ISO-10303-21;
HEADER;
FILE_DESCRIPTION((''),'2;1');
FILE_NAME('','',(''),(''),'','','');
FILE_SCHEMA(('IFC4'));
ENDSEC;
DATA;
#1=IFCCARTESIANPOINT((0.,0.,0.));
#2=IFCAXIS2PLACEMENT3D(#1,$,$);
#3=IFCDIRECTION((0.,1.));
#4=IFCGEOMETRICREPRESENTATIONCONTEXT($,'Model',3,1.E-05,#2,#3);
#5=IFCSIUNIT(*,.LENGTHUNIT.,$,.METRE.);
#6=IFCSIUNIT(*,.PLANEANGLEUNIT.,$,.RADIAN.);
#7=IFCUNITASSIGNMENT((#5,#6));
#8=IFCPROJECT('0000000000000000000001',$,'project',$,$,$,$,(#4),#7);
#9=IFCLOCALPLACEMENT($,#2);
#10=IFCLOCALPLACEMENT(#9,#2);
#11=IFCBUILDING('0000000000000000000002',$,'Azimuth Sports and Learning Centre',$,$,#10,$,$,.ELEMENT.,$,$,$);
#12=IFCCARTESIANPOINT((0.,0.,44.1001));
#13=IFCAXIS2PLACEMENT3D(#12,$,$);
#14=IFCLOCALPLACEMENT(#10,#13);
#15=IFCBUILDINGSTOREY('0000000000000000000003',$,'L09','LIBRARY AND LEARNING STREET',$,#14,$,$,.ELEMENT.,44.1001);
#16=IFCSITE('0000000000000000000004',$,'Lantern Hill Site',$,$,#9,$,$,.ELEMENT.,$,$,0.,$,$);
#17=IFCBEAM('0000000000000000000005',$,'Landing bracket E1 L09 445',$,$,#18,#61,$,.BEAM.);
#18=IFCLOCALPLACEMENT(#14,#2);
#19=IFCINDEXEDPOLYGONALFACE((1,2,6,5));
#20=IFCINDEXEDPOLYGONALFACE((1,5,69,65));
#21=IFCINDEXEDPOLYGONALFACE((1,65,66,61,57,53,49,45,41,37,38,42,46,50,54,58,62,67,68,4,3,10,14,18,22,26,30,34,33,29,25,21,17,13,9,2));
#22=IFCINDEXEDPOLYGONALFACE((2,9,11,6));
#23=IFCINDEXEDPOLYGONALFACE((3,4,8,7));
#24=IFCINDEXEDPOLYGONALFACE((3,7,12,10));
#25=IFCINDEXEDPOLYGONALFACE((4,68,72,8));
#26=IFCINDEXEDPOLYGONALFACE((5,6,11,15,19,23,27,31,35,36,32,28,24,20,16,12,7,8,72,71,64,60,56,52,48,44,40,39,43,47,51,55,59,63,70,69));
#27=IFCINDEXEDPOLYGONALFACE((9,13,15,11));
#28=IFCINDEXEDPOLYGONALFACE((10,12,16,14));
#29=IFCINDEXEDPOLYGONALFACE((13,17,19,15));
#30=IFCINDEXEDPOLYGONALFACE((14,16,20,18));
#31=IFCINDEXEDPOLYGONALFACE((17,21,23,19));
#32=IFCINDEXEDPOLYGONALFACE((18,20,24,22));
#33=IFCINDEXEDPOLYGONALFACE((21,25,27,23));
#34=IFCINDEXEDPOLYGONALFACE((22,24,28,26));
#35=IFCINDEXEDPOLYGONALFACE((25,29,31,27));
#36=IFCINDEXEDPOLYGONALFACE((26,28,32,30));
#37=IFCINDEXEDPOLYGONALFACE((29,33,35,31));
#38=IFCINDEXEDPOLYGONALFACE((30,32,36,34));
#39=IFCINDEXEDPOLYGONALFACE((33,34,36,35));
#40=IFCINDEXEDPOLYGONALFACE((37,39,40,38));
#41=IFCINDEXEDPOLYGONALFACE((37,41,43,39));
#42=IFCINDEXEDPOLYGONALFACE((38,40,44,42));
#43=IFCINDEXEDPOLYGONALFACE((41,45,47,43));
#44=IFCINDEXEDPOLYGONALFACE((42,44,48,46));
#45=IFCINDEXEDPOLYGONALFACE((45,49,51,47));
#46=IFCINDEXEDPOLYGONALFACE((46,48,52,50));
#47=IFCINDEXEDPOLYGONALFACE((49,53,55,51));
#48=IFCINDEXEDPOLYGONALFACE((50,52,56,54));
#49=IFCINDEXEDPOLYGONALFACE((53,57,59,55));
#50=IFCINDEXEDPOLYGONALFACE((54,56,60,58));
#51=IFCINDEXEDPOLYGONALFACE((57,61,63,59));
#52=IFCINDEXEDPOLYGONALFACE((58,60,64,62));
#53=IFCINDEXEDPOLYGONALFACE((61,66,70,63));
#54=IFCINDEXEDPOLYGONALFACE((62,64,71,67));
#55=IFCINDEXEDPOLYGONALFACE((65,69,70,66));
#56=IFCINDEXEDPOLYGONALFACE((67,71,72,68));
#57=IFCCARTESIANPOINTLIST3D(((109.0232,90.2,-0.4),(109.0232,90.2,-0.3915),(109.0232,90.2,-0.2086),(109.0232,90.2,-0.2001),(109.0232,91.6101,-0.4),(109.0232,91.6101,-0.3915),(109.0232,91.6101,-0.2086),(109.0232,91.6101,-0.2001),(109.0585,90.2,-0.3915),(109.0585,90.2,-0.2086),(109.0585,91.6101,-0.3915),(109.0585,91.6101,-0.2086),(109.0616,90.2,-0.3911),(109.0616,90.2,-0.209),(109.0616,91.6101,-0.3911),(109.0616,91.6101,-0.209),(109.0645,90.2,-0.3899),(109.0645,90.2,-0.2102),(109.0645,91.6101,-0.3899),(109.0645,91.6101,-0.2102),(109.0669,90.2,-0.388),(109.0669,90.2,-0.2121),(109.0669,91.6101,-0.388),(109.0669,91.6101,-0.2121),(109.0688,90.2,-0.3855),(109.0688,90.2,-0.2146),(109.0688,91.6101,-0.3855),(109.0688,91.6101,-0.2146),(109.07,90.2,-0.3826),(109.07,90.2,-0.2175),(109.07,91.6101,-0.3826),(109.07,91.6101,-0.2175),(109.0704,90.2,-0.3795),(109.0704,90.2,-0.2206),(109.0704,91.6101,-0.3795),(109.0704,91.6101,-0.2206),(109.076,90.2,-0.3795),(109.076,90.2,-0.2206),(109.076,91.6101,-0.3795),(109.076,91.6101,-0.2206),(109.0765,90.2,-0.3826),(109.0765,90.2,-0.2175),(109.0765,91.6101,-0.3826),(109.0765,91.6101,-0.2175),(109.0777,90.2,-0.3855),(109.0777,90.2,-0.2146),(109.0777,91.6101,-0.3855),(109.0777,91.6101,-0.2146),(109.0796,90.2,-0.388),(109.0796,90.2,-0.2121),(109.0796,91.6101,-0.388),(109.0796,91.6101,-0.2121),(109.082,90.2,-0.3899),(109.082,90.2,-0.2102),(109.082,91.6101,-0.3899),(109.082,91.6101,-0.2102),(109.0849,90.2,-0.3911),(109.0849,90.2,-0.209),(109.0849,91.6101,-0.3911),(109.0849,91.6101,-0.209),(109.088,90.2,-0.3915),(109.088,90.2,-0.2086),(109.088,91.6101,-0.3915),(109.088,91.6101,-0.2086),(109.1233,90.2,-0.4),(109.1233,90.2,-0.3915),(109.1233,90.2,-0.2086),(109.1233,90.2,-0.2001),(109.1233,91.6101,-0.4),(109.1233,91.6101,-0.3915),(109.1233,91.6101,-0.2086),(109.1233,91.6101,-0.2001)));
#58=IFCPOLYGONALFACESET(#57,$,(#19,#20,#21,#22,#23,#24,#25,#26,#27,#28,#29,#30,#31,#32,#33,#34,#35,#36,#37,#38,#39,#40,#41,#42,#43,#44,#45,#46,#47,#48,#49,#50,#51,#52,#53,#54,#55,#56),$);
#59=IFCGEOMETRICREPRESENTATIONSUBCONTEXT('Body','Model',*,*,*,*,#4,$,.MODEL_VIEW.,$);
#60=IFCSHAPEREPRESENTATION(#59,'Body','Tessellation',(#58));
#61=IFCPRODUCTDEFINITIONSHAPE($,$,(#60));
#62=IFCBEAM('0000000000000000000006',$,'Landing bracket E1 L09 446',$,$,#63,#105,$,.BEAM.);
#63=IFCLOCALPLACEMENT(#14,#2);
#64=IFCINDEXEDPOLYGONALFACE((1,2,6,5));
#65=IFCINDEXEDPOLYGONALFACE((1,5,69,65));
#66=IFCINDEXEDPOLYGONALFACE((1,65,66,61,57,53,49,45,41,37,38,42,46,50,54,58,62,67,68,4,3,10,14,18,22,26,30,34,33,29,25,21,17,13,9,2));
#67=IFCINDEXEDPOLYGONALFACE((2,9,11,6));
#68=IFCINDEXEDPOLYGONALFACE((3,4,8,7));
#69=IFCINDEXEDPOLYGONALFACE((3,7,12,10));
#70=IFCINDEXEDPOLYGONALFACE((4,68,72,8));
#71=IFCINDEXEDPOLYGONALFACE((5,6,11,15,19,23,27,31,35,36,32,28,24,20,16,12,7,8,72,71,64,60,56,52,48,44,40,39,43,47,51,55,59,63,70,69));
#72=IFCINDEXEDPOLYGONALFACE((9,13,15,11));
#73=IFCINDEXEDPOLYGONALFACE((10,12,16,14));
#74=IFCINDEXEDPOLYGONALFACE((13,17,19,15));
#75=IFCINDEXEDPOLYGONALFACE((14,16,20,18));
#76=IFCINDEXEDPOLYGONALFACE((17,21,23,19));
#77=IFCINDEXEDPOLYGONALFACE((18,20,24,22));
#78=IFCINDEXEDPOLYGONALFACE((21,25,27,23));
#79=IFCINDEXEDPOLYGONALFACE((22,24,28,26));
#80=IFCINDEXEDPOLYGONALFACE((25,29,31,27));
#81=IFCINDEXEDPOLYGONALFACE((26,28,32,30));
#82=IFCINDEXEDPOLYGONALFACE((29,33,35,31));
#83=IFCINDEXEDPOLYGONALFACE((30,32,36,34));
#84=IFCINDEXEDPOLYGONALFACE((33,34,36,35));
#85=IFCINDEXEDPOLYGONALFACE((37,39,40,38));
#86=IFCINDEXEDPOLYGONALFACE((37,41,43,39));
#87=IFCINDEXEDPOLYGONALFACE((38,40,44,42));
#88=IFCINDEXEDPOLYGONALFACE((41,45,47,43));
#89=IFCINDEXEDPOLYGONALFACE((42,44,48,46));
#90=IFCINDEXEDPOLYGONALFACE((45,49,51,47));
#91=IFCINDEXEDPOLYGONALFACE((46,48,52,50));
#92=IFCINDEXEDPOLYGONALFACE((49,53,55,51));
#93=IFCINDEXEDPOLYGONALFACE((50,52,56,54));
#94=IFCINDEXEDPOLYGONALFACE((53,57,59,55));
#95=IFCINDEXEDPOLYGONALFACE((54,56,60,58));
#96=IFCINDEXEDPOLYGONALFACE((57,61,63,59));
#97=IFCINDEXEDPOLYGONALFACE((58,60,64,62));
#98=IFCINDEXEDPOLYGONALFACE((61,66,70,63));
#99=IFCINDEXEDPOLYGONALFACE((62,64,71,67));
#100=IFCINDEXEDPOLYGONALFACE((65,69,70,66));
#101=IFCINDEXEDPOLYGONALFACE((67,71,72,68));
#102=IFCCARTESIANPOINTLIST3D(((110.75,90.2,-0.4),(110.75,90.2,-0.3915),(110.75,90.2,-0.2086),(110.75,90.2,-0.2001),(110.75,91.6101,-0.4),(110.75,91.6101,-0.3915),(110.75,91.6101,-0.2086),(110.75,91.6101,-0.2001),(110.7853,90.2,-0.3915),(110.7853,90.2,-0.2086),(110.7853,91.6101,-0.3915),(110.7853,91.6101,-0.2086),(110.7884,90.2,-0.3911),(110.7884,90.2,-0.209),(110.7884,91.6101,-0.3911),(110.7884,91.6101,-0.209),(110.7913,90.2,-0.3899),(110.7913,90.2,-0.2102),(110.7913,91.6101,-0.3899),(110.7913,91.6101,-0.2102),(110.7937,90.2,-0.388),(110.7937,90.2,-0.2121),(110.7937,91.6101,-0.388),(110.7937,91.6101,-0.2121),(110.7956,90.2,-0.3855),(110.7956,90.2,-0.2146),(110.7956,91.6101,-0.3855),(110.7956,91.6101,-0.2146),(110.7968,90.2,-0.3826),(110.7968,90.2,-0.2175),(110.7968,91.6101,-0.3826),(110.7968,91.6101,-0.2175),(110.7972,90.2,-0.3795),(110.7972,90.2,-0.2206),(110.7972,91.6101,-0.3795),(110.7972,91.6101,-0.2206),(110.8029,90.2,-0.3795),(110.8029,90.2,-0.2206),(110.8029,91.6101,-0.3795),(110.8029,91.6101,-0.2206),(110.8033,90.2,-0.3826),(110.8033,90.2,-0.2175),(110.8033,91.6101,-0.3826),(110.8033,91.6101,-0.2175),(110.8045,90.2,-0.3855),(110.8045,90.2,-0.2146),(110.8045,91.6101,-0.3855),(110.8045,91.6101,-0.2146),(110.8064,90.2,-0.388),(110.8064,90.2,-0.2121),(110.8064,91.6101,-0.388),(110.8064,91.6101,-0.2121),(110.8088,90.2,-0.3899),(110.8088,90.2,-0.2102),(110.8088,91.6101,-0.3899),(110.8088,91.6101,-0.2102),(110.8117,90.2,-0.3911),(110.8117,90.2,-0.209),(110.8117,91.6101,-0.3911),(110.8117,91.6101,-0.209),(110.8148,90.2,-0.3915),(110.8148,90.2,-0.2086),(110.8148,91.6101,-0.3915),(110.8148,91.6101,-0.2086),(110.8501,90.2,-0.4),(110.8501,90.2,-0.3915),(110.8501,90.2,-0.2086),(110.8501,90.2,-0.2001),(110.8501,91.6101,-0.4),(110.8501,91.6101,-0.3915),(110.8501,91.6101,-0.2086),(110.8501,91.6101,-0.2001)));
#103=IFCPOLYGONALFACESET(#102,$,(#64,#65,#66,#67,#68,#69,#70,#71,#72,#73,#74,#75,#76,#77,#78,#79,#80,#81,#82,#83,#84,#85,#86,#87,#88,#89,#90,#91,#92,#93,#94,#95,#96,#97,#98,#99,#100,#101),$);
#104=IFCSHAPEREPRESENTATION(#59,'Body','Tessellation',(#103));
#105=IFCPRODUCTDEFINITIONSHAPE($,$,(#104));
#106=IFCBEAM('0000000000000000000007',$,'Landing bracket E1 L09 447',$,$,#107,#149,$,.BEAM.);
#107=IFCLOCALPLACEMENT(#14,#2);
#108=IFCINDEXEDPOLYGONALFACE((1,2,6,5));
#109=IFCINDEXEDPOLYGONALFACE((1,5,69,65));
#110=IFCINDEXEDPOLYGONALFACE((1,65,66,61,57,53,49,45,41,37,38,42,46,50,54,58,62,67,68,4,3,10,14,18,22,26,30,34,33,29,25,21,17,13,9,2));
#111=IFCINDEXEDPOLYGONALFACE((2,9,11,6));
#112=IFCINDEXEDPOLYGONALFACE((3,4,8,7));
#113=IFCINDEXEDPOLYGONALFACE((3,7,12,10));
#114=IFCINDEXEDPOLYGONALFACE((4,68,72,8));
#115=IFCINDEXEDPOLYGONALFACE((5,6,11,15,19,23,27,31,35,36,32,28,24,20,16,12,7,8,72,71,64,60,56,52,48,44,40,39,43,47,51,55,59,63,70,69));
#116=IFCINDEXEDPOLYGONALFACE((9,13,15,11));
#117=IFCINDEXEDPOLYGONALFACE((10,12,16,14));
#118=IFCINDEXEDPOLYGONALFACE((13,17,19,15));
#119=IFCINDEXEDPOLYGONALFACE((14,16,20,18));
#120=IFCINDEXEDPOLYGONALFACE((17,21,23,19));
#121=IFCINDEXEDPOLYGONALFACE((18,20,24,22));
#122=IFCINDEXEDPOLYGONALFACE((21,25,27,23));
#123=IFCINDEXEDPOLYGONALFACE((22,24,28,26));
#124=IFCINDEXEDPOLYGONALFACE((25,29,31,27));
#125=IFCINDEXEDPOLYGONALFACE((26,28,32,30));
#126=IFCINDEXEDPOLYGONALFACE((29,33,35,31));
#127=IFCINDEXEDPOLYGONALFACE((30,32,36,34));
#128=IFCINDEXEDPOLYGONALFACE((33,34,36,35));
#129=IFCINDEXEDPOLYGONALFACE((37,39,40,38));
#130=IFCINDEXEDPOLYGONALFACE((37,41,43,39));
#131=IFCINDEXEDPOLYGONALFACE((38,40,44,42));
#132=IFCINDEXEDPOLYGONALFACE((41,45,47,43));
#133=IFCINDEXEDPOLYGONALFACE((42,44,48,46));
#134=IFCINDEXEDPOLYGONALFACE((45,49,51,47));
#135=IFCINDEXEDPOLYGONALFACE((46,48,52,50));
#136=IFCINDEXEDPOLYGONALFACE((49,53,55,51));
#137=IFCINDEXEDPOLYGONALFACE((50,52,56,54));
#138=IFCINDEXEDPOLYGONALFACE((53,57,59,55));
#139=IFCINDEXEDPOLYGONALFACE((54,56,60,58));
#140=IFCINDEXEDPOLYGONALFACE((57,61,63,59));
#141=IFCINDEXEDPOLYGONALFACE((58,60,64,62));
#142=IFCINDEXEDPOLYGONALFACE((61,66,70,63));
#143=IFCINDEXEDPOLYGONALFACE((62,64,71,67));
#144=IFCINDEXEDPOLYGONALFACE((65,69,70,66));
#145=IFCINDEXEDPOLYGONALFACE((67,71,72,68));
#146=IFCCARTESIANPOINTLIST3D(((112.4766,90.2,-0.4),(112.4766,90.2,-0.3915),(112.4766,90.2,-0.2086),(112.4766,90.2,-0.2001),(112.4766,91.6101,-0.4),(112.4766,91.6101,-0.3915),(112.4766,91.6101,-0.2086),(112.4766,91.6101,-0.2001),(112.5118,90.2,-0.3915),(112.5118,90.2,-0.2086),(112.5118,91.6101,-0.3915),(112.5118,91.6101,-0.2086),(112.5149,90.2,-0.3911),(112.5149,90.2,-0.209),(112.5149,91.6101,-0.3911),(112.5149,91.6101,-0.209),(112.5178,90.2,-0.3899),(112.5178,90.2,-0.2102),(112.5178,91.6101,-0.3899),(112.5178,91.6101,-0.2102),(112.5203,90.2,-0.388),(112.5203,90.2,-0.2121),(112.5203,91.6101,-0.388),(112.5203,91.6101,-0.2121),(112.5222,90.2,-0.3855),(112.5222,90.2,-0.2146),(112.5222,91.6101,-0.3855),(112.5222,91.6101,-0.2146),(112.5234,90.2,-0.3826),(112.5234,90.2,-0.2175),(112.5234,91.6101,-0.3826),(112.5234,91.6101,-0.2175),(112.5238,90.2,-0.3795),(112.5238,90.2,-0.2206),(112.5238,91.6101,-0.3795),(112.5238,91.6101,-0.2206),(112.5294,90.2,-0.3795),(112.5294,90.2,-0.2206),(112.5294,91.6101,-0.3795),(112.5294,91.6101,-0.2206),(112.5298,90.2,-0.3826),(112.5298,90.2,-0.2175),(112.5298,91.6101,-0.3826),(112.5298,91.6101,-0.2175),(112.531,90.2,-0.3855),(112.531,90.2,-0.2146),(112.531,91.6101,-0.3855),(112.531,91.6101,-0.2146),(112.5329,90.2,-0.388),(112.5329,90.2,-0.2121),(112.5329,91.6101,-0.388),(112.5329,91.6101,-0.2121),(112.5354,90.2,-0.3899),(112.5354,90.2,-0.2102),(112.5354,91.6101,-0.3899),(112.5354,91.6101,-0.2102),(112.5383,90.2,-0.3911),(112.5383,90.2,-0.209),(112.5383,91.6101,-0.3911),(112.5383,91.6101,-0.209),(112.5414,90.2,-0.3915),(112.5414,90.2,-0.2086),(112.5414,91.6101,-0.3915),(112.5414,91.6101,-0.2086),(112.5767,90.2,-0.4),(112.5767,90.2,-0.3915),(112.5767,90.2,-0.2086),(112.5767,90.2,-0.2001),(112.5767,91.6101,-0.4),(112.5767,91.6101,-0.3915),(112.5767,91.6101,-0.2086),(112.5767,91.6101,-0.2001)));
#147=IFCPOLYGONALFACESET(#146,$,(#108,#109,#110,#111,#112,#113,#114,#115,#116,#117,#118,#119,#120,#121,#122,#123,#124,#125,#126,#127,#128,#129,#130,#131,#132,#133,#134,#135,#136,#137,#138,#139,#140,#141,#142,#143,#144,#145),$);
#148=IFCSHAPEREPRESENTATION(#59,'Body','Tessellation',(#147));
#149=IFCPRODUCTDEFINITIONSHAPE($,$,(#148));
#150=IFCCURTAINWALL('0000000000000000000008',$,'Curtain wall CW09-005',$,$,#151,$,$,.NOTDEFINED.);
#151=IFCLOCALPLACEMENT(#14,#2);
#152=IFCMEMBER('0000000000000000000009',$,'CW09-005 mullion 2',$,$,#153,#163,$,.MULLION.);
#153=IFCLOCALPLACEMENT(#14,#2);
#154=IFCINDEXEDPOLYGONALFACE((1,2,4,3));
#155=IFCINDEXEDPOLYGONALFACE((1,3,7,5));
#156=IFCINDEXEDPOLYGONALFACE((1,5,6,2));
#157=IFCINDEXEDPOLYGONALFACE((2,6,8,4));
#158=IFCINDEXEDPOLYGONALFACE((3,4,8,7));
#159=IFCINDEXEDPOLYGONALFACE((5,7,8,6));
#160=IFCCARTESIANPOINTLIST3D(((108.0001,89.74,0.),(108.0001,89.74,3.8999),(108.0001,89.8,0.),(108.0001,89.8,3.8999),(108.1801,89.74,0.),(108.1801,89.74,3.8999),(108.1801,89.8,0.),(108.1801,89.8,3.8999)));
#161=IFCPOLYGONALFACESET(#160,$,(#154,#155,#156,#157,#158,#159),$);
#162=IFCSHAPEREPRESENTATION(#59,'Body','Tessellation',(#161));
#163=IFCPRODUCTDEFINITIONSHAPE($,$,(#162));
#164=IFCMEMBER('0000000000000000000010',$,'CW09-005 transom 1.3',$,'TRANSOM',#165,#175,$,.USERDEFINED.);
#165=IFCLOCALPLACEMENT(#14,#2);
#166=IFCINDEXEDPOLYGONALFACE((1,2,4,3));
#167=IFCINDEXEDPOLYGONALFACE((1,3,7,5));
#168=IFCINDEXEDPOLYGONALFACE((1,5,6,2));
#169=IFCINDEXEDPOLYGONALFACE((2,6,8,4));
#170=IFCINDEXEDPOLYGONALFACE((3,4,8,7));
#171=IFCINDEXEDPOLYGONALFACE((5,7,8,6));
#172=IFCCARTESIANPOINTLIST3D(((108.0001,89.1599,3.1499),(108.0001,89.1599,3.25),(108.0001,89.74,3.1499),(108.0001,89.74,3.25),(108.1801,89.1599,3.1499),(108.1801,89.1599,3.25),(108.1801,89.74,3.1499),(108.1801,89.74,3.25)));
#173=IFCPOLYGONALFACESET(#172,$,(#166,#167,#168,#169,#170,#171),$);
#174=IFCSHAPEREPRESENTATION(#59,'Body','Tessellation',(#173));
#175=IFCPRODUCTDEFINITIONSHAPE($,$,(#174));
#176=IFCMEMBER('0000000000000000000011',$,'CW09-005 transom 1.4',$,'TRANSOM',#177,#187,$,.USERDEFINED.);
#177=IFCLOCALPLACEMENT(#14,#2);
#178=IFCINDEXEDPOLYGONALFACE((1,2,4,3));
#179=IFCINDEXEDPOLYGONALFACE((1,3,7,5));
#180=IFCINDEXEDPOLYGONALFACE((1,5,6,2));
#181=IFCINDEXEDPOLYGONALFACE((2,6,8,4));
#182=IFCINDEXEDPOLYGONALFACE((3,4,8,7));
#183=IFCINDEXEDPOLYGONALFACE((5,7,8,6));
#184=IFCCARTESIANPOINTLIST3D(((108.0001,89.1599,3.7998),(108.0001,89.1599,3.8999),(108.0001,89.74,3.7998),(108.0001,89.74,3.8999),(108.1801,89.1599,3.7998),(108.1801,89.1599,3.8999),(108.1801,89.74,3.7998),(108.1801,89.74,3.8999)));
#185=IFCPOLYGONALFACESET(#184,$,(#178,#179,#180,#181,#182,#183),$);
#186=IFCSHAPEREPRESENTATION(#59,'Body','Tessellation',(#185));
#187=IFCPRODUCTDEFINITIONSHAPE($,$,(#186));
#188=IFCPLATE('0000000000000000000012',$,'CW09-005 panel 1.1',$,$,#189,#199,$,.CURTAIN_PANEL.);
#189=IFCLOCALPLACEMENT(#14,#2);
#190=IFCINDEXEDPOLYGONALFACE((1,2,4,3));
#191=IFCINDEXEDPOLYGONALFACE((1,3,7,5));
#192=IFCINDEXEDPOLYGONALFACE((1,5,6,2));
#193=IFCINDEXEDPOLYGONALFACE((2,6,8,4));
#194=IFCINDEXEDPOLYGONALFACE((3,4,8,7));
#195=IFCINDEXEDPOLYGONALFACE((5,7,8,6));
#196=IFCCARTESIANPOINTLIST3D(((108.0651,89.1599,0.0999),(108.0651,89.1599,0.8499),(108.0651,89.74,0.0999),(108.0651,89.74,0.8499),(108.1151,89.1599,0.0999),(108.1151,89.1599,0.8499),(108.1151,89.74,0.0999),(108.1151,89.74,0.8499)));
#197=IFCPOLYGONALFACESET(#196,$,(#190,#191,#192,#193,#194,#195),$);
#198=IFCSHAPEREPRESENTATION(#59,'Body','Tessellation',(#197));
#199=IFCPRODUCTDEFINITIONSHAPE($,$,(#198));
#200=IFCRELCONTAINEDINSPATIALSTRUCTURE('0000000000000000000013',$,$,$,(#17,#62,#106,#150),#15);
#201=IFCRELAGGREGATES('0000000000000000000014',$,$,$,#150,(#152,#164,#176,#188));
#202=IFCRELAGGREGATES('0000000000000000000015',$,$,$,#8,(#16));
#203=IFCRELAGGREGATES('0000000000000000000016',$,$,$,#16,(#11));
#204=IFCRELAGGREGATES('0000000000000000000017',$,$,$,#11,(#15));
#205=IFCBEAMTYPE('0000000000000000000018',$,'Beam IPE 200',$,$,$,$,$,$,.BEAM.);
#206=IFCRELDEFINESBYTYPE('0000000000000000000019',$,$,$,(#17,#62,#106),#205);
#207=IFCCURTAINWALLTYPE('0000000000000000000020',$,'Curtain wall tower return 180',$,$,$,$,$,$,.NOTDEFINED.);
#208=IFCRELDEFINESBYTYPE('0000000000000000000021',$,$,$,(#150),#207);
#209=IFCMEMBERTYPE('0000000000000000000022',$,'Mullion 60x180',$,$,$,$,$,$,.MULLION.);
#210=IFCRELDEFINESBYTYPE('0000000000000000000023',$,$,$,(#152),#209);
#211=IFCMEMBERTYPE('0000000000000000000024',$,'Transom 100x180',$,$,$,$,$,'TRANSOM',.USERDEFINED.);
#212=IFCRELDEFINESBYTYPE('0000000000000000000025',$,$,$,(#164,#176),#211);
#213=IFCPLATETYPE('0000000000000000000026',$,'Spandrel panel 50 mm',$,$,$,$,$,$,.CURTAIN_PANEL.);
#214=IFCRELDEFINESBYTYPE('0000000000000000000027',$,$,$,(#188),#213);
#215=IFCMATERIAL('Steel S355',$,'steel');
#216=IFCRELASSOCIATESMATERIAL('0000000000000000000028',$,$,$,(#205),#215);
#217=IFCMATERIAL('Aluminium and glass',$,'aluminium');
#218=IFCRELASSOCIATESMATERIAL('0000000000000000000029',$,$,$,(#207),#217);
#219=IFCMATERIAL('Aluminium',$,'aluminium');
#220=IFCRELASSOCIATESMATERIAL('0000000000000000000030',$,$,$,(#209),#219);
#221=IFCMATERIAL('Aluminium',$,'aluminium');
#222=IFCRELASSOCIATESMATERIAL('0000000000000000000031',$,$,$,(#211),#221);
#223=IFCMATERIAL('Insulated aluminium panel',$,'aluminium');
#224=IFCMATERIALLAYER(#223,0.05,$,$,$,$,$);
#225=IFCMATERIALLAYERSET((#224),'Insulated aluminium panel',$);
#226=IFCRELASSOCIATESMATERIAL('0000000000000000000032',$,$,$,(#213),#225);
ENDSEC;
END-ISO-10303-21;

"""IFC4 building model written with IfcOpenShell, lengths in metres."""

from ifc_helpers import new_model, si_unit, direction, frame, origin, origin_2d, place, context, subcontext, project, spatial, rectangle, i_section, extrude, material, layer, layer_set, material_profile, profile_set, type_object, element, aggregate, save


model = new_model("IFC4")

# Units and contexts
model_context = context("Model", 3, precision=1e-05, world=origin(), true_north=direction((0.0, 1.0)))
body_context = subcontext(model_context, "Body", "Model", "MODEL_VIEW")
ifc_project = project(units=[si_unit("LENGTHUNIT", "METRE"), si_unit("PLANEANGLEUNIT", "RADIAN")], contexts=[model_context])

# Site, building, storey
site_placement = place(None, origin())
site = spatial("IfcSite", under=ifc_project, at=site_placement, Name="Lantern Hill Site", CompositionType="ELEMENT", RefElevation=0.0)
building_placement = place(site_placement, origin())
building = spatial("IfcBuilding", under=site, at=building_placement, Name="Azimuth Sports and Learning Centre", CompositionType="ELEMENT")
storey_placement = place(building_placement, frame((0.0, 0.0, 44.1001)))
storey = spatial("IfcBuildingStorey", under=building, at=storey_placement, Name="L09", Description="LIBRARY AND LEARNING STREET", CompositionType="ELEMENT", Elevation=44.1001)

# Beams
ifc_material_1 = material(Name="Steel S355", Category="steel")
ifc_material_profile_1 = material_profile(ifc_material_1, i_section(OverallWidth=0.1001, OverallDepth=0.2, WebThickness=0.0056, FlangeThickness=0.0085, FilletRadius=0.012, at=origin_2d()), Name="IPE 200")
ifc_profile_set_1 = profile_set([ifc_material_profile_1], Name="Steel S355")
beam_type = type_object("IfcBeamType", Name="Beam IPE 200", PredefinedType="BEAM", material=ifc_profile_set_1)
for number, where, z_axis, x_axis, name in (
    (1, (109.0732, 90.2, -0.3), (0.0, 1.0, 0.0), (-1.0, 0.0, 0.0), "Landing bracket E1 L09 445"),
    (2, (110.8, 90.2, -0.3), (0.0, 1.0, 0.0), (-1.0, 0.0, 0.0), "Landing bracket E1 L09 446"),
    (3, (112.5266, 90.2, -0.3), (0.0, 1.0, 0.0), (-1.0, 0.0, 0.0), "Landing bracket E1 L09 447"),
):
    element("IfcBeam", number, at=place(storey_placement, frame(where, z_axis=z_axis, x_axis=x_axis)), inside=storey, type_object=beam_type, Name=name, PredefinedType="BEAM", context=body_context, shape_type="SweptSolid", body=[
        extrude(i_section(OverallWidth=0.1001, OverallDepth=0.2, WebThickness=0.0056, FlangeThickness=0.0085, FilletRadius=0.012, at=origin_2d()), origin(), (0.0, 0.0, 1.0), 1.4102),
    ])

# Curtain wall, members, plate
ifc_material_2 = material(Name="Aluminium and glass", Category="aluminium")
curtain_wall_type = type_object("IfcCurtainWallType", Name="Curtain wall tower return 180", PredefinedType="NOTDEFINED", material=ifc_material_2)
curtain_wall_placement = place(storey_placement, origin())
curtain_wall = element("IfcCurtainWall", 4, at=curtain_wall_placement, inside=storey, type_object=curtain_wall_type, Name="Curtain wall CW09-005", PredefinedType="NOTDEFINED")
ifc_material_3 = material(Name="Aluminium", Category="aluminium")
ifc_material_profile_2 = material_profile(ifc_material_3, rectangle(XDim=0.1799, YDim=0.0601, at=origin_2d()), Name="Mullion 60x180")
ifc_profile_set_2 = profile_set([ifc_material_profile_2], Name="Aluminium")
member_type_1 = type_object("IfcMemberType", Name="Mullion 60x180", PredefinedType="MULLION", material=ifc_profile_set_2)
member_1_placement = place(storey_placement, frame((108.0901, 89.77, 0.0), z_axis=(0.0, 0.0, 1.0), x_axis=(-1.0, 0.0, 0.0)))
member_1 = element("IfcMember", 5, at=member_1_placement, type_object=member_type_1, Name="CW09-005 mullion 2", PredefinedType="MULLION", context=body_context, shape_type="SweptSolid", body=[
    extrude(rectangle(XDim=0.1799, YDim=0.0601, at=origin_2d()), origin(), (0.0, 0.0, 1.0), 3.8999),
])
ifc_material_4 = material(Name="Aluminium", Category="aluminium")
ifc_material_profile_3 = material_profile(ifc_material_4, rectangle(XDim=0.1799, YDim=0.1001, at=origin_2d()), Name="Transom 100x180")
ifc_profile_set_3 = profile_set([ifc_material_profile_3], Name="Aluminium")
member_type_2 = type_object("IfcMemberType", Name="Transom 100x180", ElementType="TRANSOM", PredefinedType="USERDEFINED", material=ifc_profile_set_3)
member_2_placement = place(storey_placement, frame((108.0901, 89.1599, 3.2), z_axis=(0.0, 1.0, 0.0), x_axis=(-1.0, 0.0, 0.0)))
member_2 = element("IfcMember", 6, at=member_2_placement, type_object=member_type_2, Name="CW09-005 transom 1.3", ObjectType="TRANSOM", PredefinedType="USERDEFINED", context=body_context, shape_type="SweptSolid", body=[
    extrude(rectangle(XDim=0.1799, YDim=0.1001, at=origin_2d()), origin(), (0.0, 0.0, 1.0), 0.5801),
])
member_3_placement = place(storey_placement, frame((108.0901, 89.1599, 3.8499), z_axis=(0.0, 1.0, 0.0), x_axis=(-1.0, 0.0, 0.0)))
member_3 = element("IfcMember", 7, at=member_3_placement, type_object=member_type_2, Name="CW09-005 transom 1.4", ObjectType="TRANSOM", PredefinedType="USERDEFINED", context=body_context, shape_type="SweptSolid", body=[
    extrude(rectangle(XDim=0.1799, YDim=0.1001, at=origin_2d()), origin(), (0.0, 0.0, 1.0), 0.5801),
])
ifc_material_5 = material(Name="Insulated aluminium panel", Category="aluminium")
ifc_layer_1 = layer(ifc_material_5, 0.05)
ifc_layer_set_1 = layer_set([ifc_layer_1], Name="Insulated aluminium panel")
plate_type_1 = type_object("IfcPlateType", Name="Spandrel panel 50 mm", PredefinedType="CURTAIN_PANEL", material=ifc_layer_set_1)
plate_1_placement = place(storey_placement, frame((108.0901, 89.45, 0.0999), z_axis=(0.0, 0.0, 1.0), x_axis=(0.0, 1.0, 0.0)))
plate_1 = element("IfcPlate", 8, at=plate_1_placement, type_object=plate_type_1, Name="CW09-005 panel 1.1", PredefinedType="CURTAIN_PANEL", context=body_context, shape_type="SweptSolid", body=[
    extrude(rectangle(XDim=0.5801, YDim=0.05, at=origin_2d()), origin(), (0.0, 0.0, 1.0), 0.75),
])
aggregate(curtain_wall, [member_1, member_2, member_3, plate_1])

save(model, "model.ifc")
